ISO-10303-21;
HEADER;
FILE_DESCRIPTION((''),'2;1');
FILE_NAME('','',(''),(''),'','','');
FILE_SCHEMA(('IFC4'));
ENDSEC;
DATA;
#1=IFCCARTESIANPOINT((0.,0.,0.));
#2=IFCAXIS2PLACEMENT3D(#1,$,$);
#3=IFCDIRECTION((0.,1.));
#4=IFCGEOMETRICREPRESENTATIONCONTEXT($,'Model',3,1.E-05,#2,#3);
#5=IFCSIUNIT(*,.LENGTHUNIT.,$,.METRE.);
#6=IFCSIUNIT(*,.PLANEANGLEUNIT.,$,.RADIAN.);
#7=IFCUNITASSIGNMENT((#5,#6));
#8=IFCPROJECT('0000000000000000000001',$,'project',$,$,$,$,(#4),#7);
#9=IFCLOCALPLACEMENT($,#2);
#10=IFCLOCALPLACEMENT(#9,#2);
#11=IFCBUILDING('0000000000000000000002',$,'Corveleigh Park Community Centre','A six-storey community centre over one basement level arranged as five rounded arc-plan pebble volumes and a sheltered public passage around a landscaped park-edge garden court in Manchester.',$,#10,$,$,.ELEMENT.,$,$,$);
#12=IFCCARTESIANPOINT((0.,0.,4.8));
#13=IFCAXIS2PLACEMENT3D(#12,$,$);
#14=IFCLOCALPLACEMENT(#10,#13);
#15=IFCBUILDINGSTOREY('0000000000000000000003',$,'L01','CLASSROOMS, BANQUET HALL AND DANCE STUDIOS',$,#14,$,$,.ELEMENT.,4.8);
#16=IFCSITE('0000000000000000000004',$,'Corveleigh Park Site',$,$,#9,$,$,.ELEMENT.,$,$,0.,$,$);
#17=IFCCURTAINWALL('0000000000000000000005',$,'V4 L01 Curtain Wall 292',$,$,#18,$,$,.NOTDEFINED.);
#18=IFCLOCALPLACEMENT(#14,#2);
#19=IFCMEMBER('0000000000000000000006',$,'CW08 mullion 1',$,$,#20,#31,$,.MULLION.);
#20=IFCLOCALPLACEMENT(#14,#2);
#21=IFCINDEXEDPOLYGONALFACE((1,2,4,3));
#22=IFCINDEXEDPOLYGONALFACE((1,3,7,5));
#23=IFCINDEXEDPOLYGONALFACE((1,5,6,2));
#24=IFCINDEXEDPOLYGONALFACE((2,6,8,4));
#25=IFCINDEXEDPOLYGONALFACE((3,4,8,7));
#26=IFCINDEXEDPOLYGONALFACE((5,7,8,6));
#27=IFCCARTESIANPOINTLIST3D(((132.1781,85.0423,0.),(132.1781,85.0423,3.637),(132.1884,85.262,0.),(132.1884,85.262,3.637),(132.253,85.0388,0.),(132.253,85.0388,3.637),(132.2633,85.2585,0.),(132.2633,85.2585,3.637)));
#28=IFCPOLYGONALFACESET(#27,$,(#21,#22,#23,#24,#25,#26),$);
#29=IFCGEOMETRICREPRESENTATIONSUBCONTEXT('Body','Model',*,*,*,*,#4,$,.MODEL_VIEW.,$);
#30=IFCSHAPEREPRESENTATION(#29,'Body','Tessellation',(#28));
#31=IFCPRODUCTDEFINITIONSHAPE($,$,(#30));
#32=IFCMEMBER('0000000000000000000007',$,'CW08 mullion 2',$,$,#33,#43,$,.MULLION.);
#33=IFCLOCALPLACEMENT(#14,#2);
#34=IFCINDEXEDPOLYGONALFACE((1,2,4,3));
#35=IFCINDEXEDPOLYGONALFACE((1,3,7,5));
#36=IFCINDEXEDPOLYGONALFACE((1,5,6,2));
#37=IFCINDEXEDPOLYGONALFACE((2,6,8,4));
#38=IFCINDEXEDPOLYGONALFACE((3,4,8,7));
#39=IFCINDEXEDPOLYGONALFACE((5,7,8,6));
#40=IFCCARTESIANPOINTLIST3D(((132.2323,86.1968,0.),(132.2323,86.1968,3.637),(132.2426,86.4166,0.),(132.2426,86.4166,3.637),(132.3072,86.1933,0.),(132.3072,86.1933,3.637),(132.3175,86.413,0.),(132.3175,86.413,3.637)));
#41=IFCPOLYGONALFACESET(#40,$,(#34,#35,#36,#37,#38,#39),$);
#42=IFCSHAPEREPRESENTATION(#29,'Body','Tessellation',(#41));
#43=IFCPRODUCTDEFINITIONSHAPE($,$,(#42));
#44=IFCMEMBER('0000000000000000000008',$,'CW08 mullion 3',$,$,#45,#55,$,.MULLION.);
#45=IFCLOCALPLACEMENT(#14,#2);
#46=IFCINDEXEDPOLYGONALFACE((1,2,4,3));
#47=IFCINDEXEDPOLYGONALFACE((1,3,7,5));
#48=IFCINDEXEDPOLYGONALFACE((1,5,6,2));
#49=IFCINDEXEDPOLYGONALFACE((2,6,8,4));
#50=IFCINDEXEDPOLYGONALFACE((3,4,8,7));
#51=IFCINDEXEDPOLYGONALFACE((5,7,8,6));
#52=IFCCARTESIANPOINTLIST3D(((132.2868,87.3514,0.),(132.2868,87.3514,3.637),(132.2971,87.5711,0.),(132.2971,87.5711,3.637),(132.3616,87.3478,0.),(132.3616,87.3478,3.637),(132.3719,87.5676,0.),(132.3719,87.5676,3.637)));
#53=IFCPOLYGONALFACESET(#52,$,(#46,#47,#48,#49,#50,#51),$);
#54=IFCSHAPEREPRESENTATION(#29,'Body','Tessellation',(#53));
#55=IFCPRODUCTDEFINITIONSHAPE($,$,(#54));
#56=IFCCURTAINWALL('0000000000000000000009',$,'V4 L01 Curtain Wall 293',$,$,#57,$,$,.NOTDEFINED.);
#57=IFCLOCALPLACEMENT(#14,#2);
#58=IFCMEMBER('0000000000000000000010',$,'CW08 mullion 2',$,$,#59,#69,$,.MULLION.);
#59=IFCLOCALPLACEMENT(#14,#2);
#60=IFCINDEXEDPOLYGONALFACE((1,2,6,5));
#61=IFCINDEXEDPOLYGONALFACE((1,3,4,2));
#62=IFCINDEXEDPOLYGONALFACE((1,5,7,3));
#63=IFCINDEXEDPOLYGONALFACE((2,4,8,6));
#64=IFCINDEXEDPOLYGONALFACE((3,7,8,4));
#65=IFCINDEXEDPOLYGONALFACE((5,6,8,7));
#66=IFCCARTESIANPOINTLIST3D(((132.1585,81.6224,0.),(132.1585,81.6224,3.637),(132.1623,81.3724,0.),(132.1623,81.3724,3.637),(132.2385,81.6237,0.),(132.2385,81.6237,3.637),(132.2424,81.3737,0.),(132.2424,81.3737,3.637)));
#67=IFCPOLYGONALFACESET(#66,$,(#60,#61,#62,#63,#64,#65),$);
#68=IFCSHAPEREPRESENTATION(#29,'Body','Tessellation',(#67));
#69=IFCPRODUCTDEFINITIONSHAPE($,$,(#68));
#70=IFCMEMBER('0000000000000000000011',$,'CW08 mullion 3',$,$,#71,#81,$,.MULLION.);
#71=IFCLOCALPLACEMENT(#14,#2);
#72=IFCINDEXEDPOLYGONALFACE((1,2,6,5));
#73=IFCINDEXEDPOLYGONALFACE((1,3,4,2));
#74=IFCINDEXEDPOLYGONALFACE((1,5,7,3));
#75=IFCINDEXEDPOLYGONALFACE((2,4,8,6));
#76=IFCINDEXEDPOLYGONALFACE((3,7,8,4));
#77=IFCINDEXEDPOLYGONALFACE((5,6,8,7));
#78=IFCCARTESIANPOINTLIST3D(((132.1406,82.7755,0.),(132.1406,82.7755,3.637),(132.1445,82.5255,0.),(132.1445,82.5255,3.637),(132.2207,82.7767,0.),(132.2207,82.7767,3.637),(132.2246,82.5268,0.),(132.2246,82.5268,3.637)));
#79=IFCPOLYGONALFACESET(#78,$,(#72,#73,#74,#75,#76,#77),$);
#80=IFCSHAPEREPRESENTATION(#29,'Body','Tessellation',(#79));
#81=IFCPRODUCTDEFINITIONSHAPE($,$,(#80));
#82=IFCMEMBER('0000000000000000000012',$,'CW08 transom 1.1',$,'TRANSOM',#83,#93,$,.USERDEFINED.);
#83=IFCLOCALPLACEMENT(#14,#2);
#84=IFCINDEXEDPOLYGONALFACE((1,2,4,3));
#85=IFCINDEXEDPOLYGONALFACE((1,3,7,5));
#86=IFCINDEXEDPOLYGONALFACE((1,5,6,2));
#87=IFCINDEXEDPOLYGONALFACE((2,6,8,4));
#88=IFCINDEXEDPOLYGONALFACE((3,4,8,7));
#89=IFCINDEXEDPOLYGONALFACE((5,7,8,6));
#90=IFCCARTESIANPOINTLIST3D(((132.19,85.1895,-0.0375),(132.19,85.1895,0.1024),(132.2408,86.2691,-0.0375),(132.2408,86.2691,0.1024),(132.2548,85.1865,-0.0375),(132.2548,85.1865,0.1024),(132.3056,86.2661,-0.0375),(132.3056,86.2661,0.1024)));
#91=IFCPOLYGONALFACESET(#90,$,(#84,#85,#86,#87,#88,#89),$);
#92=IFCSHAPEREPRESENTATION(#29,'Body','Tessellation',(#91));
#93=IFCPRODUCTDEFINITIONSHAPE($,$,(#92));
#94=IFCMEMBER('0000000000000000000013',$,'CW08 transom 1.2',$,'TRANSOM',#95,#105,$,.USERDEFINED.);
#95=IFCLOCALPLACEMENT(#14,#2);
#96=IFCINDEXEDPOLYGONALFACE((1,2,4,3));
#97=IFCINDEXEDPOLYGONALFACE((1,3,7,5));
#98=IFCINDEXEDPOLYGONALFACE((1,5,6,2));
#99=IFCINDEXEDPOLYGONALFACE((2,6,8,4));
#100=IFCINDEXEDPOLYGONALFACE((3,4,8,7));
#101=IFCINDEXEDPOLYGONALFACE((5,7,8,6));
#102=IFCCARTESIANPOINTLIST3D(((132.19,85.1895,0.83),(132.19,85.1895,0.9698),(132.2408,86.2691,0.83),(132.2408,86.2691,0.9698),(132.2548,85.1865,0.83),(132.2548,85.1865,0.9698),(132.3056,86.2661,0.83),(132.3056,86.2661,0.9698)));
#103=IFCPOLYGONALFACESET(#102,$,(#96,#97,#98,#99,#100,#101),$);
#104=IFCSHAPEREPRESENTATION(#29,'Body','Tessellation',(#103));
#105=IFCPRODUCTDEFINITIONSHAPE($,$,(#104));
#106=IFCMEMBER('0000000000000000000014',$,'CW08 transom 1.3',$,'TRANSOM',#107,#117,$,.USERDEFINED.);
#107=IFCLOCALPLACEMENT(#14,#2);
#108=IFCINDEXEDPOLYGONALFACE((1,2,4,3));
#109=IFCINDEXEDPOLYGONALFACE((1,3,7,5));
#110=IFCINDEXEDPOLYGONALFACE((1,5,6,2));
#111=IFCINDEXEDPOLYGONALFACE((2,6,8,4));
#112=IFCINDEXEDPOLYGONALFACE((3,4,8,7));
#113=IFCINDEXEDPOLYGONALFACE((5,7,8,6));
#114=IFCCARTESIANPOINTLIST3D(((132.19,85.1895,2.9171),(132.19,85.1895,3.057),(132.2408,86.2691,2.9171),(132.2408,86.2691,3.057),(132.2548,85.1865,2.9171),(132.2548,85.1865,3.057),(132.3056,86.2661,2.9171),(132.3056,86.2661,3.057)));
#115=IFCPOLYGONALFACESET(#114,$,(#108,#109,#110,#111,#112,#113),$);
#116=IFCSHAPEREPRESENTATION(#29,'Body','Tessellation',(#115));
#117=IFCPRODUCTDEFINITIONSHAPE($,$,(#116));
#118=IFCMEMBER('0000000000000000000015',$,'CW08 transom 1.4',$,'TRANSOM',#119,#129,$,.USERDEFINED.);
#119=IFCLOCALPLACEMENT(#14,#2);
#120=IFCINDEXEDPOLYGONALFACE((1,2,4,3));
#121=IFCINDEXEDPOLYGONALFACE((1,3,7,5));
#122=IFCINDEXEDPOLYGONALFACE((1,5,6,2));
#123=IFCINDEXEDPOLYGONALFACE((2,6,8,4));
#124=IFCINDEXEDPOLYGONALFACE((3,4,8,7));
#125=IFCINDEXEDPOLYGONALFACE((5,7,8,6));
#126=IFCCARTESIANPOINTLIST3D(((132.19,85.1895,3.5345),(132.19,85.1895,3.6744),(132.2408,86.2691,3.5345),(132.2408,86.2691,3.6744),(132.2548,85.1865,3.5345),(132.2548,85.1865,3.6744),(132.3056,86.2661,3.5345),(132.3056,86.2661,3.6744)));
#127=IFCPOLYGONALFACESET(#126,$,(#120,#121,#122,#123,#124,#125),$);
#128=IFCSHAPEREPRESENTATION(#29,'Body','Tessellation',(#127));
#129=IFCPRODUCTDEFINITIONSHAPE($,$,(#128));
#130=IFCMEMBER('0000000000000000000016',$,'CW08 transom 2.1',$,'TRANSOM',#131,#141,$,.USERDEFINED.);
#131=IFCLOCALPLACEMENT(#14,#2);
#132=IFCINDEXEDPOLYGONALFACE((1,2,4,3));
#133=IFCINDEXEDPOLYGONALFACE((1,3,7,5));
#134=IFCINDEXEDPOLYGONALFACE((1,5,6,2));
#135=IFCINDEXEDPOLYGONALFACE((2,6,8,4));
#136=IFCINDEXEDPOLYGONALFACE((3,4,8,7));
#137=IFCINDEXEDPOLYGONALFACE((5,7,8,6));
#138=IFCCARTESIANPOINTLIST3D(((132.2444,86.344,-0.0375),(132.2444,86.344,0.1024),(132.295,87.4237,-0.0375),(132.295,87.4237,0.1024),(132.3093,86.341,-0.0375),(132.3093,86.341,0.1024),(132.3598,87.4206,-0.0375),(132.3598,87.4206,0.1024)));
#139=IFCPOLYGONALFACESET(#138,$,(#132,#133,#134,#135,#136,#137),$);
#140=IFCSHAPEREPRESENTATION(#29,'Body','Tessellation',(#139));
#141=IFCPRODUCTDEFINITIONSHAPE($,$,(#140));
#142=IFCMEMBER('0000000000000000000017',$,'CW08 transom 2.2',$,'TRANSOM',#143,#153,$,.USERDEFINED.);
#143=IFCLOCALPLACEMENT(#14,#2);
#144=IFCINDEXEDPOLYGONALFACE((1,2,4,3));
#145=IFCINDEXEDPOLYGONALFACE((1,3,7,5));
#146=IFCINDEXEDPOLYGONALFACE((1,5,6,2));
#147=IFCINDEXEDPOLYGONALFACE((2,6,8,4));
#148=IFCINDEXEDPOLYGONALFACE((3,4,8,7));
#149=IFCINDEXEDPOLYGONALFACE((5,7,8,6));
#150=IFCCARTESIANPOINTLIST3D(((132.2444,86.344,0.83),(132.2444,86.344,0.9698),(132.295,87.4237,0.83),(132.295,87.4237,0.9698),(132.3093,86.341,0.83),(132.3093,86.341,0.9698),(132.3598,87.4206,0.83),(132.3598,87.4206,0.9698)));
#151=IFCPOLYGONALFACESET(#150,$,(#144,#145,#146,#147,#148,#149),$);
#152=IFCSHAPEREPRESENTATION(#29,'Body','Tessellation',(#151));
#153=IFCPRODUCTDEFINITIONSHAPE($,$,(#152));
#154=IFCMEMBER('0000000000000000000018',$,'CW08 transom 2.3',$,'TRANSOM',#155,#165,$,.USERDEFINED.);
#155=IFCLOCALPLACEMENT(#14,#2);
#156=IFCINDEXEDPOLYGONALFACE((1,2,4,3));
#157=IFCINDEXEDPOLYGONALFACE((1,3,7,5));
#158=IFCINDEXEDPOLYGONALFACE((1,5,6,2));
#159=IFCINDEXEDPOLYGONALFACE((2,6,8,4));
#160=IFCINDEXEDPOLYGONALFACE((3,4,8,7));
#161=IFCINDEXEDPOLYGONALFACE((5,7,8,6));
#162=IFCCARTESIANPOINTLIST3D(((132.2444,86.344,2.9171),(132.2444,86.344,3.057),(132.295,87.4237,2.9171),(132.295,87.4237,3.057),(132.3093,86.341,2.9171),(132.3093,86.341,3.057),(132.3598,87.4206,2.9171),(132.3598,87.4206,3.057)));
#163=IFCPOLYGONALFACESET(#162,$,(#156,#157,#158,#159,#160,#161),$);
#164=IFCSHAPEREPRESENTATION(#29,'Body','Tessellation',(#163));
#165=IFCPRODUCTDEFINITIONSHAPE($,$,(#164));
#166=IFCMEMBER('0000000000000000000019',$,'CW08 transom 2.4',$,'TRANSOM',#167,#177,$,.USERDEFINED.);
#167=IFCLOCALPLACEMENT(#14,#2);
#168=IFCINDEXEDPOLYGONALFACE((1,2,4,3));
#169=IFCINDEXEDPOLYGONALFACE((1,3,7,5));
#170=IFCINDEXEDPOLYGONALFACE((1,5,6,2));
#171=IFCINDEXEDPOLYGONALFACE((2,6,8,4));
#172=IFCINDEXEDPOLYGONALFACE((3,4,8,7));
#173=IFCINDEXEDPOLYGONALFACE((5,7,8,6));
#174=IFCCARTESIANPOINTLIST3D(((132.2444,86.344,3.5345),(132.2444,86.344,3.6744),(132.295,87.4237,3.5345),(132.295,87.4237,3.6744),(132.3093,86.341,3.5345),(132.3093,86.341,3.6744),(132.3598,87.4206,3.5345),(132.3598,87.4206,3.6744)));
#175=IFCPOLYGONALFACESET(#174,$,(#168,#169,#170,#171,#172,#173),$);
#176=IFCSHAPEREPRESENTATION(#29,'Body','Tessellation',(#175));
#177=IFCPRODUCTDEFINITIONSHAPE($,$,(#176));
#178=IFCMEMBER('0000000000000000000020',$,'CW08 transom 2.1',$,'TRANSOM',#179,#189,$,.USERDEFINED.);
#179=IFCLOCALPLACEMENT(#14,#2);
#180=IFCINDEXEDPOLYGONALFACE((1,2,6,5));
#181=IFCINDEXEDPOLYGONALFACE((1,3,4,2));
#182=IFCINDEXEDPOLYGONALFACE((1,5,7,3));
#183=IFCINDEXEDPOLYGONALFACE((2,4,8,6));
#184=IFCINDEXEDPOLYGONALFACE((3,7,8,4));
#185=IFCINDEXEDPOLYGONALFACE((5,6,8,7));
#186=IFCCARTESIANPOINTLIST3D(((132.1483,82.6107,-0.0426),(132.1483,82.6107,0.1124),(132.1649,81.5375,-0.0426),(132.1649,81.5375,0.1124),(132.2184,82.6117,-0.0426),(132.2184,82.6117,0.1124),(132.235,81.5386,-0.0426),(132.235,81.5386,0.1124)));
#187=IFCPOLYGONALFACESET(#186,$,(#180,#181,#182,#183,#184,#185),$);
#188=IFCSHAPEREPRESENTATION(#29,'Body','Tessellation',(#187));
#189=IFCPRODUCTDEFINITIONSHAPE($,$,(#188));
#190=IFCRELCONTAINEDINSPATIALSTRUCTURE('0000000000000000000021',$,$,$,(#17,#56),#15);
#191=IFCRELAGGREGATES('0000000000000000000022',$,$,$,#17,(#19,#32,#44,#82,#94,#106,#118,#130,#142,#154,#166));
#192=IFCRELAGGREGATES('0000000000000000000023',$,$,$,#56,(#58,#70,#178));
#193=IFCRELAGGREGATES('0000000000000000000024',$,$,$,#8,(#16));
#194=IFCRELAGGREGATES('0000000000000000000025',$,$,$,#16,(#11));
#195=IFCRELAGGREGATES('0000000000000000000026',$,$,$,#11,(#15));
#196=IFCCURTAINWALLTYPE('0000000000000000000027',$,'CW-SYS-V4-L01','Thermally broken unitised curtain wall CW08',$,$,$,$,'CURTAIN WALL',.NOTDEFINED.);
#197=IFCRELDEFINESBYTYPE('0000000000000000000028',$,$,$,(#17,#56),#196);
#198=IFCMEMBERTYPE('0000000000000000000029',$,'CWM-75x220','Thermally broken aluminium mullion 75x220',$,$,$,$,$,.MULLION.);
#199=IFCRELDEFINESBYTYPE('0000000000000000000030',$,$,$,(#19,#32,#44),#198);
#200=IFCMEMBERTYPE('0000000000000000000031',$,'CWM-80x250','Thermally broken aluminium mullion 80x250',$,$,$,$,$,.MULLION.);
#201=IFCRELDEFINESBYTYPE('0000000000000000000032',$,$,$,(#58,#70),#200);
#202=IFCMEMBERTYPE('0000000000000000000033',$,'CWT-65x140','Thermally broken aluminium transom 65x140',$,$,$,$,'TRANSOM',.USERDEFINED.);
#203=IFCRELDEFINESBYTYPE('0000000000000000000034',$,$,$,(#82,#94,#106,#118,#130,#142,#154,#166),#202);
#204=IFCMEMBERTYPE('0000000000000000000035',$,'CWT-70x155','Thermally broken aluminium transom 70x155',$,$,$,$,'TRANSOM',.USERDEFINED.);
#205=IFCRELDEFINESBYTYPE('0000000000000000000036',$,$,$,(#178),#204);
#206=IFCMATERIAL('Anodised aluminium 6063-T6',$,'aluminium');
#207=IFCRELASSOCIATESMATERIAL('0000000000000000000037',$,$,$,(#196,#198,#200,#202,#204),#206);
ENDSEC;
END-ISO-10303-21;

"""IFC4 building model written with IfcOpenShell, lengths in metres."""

from ifc_helpers import new_model, si_unit, direction, frame, origin, origin_2d, place, context, subcontext, project, spatial, rectangle, extrude, material, material_profile, profile_set, type_object, element, aggregate, save


model = new_model("IFC4")

# Units and contexts
model_context = context("Model", 3, precision=1e-05, world=origin(), true_north=direction((0.0, 1.0)))
body_context = subcontext(model_context, "Body", "Model", "MODEL_VIEW")
ifc_project = project(units=[si_unit("LENGTHUNIT", "METRE"), si_unit("PLANEANGLEUNIT", "RADIAN")], contexts=[model_context])

# Site, building, storey
site_placement = place(None, origin())
site = spatial("IfcSite", under=ifc_project, at=site_placement, Name="Corveleigh Park Site", CompositionType="ELEMENT", RefElevation=0.0)
building_placement = place(site_placement, origin())
building = spatial("IfcBuilding", under=site, at=building_placement, Name="Corveleigh Park Community Centre", Description="A six-storey community centre over one basement level arranged as five rounded arc-plan pebble volumes and a sheltered public passage around a landscaped park-edge garden court in Manchester.", CompositionType="ELEMENT")
storey_placement = place(building_placement, frame((0.0, 0.0, 4.8)))
storey = spatial("IfcBuildingStorey", under=building, at=storey_placement, Name="L01", Description="CLASSROOMS, BANQUET HALL AND DANCE STUDIOS", CompositionType="ELEMENT", Elevation=4.8)

# Curtain walls, members
ifc_material_1 = material(Name="Anodised aluminium 6063-T6", Category="aluminium")
curtain_wall_type = type_object("IfcCurtainWallType", Name="CW-SYS-V4-L01", Description="Thermally broken unitised curtain wall CW08", ElementType="CURTAIN WALL", PredefinedType="NOTDEFINED", material=ifc_material_1)
curtain_wall_1_placement = place(storey_placement, origin())
curtain_wall_1 = element("IfcCurtainWall", 1, at=curtain_wall_1_placement, inside=storey, type_object=curtain_wall_type, Name="V4 L01 Curtain Wall 292", PredefinedType="NOTDEFINED")
ifc_material_profile_1 = material_profile(ifc_material_1, rectangle(XDim=0.075, YDim=0.22, at=origin_2d()), Name="ALU-M75x220", Category="aluminium")
ifc_profile_set_1 = profile_set([ifc_material_profile_1], Name="Anodised aluminium 6063-T6")
member_type_1 = type_object("IfcMemberType", Name="CWM-75x220", Description="Thermally broken aluminium mullion 75x220", PredefinedType="MULLION", material=ifc_profile_set_1)
member_1_placement = place(storey_placement, frame((132.2207, 85.1504, 0.0), z_axis=(0.0, 0.0, 1.0), x_axis=(-0.998898, 0.046928, 0.0)))
member_1 = element("IfcMember", 2, at=member_1_placement, type_object=member_type_1, Name="CW08 mullion 1", PredefinedType="MULLION", context=body_context, shape_type="SweptSolid", body=[
    extrude(rectangle(XDim=0.075, YDim=0.22, at=origin_2d()), origin(), (0.0, 0.0, 1.0), 3.637),
])
member_2_placement = place(storey_placement, frame((132.2749, 86.3049, 0.0), z_axis=(0.0, 0.0, 1.0), x_axis=(-0.998898, 0.046928, 0.0)))
member_2 = element("IfcMember", 3, at=member_2_placement, type_object=member_type_1, Name="CW08 mullion 2", PredefinedType="MULLION", context=body_context, shape_type="SweptSolid", body=[
    extrude(rectangle(XDim=0.075, YDim=0.22, at=origin_2d()), origin(), (0.0, 0.0, 1.0), 3.637),
])
member_3_placement = place(storey_placement, frame((132.3293, 87.4595, 0.0), z_axis=(0.0, 0.0, 1.0), x_axis=(-0.998898, 0.046928, 0.0)))
member_3 = element("IfcMember", 4, at=member_3_placement, type_object=member_type_1, Name="CW08 mullion 3", PredefinedType="MULLION", context=body_context, shape_type="SweptSolid", body=[
    extrude(rectangle(XDim=0.075, YDim=0.22, at=origin_2d()), origin(), (0.0, 0.0, 1.0), 3.637),
])
curtain_wall_2_placement = place(storey_placement, origin())
curtain_wall_2 = element("IfcCurtainWall", 5, at=curtain_wall_2_placement, inside=storey, type_object=curtain_wall_type, Name="V4 L01 Curtain Wall 293", PredefinedType="NOTDEFINED")
ifc_material_profile_2 = material_profile(ifc_material_1, rectangle(XDim=0.0801, YDim=0.25, at=origin_2d()), Name="ALU-M80x250", Category="aluminium")
ifc_profile_set_2 = profile_set([ifc_material_profile_2], Name="Anodised aluminium 6063-T6")
member_type_2 = type_object("IfcMemberType", Name="CWM-80x250", Description="Thermally broken aluminium mullion 80x250", PredefinedType="MULLION", material=ifc_profile_set_2)
member_4_placement = place(storey_placement, frame((132.2004, 81.498, 0.0), z_axis=(0.0, 0.0, 1.0), x_axis=(-0.99988, -0.015505, 0.0)))
member_4 = element("IfcMember", 6, at=member_4_placement, type_object=member_type_2, Name="CW08 mullion 2", PredefinedType="MULLION", context=body_context, shape_type="SweptSolid", body=[
    extrude(rectangle(XDim=0.0801, YDim=0.25, at=origin_2d()), origin(), (0.0, 0.0, 1.0), 3.637),
])
member_5_placement = place(storey_placement, frame((132.1826, 82.6511, 0.0), z_axis=(0.0, 0.0, 1.0), x_axis=(-0.99988, -0.015505, 0.0)))
member_5 = element("IfcMember", 7, at=member_5_placement, type_object=member_type_2, Name="CW08 mullion 3", PredefinedType="MULLION", context=body_context, shape_type="SweptSolid", body=[
    extrude(rectangle(XDim=0.0801, YDim=0.25, at=origin_2d()), origin(), (0.0, 0.0, 1.0), 3.637),
])

# Members
ifc_material_profile_3 = material_profile(ifc_material_1, rectangle(XDim=0.0649, YDim=0.1399, at=origin_2d()), Name="ALU-T65x140", Category="aluminium")
ifc_profile_set_3 = profile_set([ifc_material_profile_3], Name="Anodised aluminium 6063-T6")
member_type_3 = type_object("IfcMemberType", Name="CWT-65x140", Description="Thermally broken aluminium transom 65x140", ElementType="TRANSOM", PredefinedType="USERDEFINED", material=ifc_profile_set_3)
member_6_placement = place(storey_placement, frame((132.2224, 85.188, 0.0325), z_axis=(0.046986, 0.998896, 0.0), x_axis=(-0.998896, 0.046986, 0.0)))
member_6 = element("IfcMember", 8, at=member_6_placement, type_object=member_type_3, Name="CW08 transom 1.1", ObjectType="TRANSOM", PredefinedType="USERDEFINED", context=body_context, shape_type="SweptSolid", body=[
    extrude(rectangle(XDim=0.0649, YDim=0.1399, at=origin_2d()), origin(), (0.0, 0.0, 1.0), 1.0808),
])
member_7_placement = place(storey_placement, frame((132.2224, 85.188, 0.8999), z_axis=(0.046986, 0.998896, 0.0), x_axis=(-0.998896, 0.046986, 0.0)))
member_7 = element("IfcMember", 9, at=member_7_placement, type_object=member_type_3, Name="CW08 transom 1.2", ObjectType="TRANSOM", PredefinedType="USERDEFINED", context=body_context, shape_type="SweptSolid", body=[
    extrude(rectangle(XDim=0.0649, YDim=0.1399, at=origin_2d()), origin(), (0.0, 0.0, 1.0), 1.0808),
])
member_8_placement = place(storey_placement, frame((132.2224, 85.188, 2.9871), z_axis=(0.046986, 0.998896, 0.0), x_axis=(-0.998896, 0.046986, 0.0)))
member_8 = element("IfcMember", 10, at=member_8_placement, type_object=member_type_3, Name="CW08 transom 1.3", ObjectType="TRANSOM", PredefinedType="USERDEFINED", context=body_context, shape_type="SweptSolid", body=[
    extrude(rectangle(XDim=0.0649, YDim=0.1399, at=origin_2d()), origin(), (0.0, 0.0, 1.0), 1.0808),
])
member_9_placement = place(storey_placement, frame((132.2224, 85.188, 3.6045), z_axis=(0.046986, 0.998896, 0.0), x_axis=(-0.998896, 0.046986, 0.0)))
member_9 = element("IfcMember", 11, at=member_9_placement, type_object=member_type_3, Name="CW08 transom 1.4", ObjectType="TRANSOM", PredefinedType="USERDEFINED", context=body_context, shape_type="SweptSolid", body=[
    extrude(rectangle(XDim=0.0649, YDim=0.1399, at=origin_2d()), origin(), (0.0, 0.0, 1.0), 1.0808),
])
member_10_placement = place(storey_placement, frame((132.2769, 86.3425, 0.0325), z_axis=(0.04676, 0.998906, 0.0), x_axis=(-0.998906, 0.04676, 0.0)))
member_10 = element("IfcMember", 12, at=member_10_placement, type_object=member_type_3, Name="CW08 transom 2.1", ObjectType="TRANSOM", PredefinedType="USERDEFINED", context=body_context, shape_type="SweptSolid", body=[
    extrude(rectangle(XDim=0.0649, YDim=0.1399, at=origin_2d()), origin(), (0.0, 0.0, 1.0), 1.0808),
])
member_11_placement = place(storey_placement, frame((132.2769, 86.3425, 0.8999), z_axis=(0.04676, 0.998906, 0.0), x_axis=(-0.998906, 0.04676, 0.0)))
member_11 = element("IfcMember", 13, at=member_11_placement, type_object=member_type_3, Name="CW08 transom 2.2", ObjectType="TRANSOM", PredefinedType="USERDEFINED", context=body_context, shape_type="SweptSolid", body=[
    extrude(rectangle(XDim=0.0649, YDim=0.1399, at=origin_2d()), origin(), (0.0, 0.0, 1.0), 1.0808),
])
member_12_placement = place(storey_placement, frame((132.2769, 86.3425, 2.9871), z_axis=(0.04676, 0.998906, 0.0), x_axis=(-0.998906, 0.04676, 0.0)))
member_12 = element("IfcMember", 14, at=member_12_placement, type_object=member_type_3, Name="CW08 transom 2.3", ObjectType="TRANSOM", PredefinedType="USERDEFINED", context=body_context, shape_type="SweptSolid", body=[
    extrude(rectangle(XDim=0.0649, YDim=0.1399, at=origin_2d()), origin(), (0.0, 0.0, 1.0), 1.0808),
])
member_13_placement = place(storey_placement, frame((132.2769, 86.3425, 3.6045), z_axis=(0.04676, 0.998906, 0.0), x_axis=(-0.998906, 0.04676, 0.0)))
member_13 = element("IfcMember", 15, at=member_13_placement, type_object=member_type_3, Name="CW08 transom 2.4", ObjectType="TRANSOM", PredefinedType="USERDEFINED", context=body_context, shape_type="SweptSolid", body=[
    extrude(rectangle(XDim=0.0649, YDim=0.1399, at=origin_2d()), origin(), (0.0, 0.0, 1.0), 1.0808),
])
ifc_material_profile_4 = material_profile(ifc_material_1, rectangle(XDim=0.0701, YDim=0.155, at=origin_2d()), Name="ALU-T70x155", Category="aluminium")
ifc_profile_set_4 = profile_set([ifc_material_profile_4], Name="Anodised aluminium 6063-T6")
member_type_4 = type_object("IfcMemberType", Name="CWT-70x155", Description="Thermally broken aluminium transom 70x155", ElementType="TRANSOM", PredefinedType="USERDEFINED", material=ifc_profile_set_4)
member_14_placement = place(storey_placement, frame((132.2, 81.5381, 0.0349), z_axis=(-0.01547, 0.99988, 0.0), x_axis=(-0.99988, -0.01547, 0.0)))
member_14 = element("IfcMember", 16, at=member_14_placement, type_object=member_type_4, Name="CW08 transom 2.1", ObjectType="TRANSOM", PredefinedType="USERDEFINED", context=body_context, shape_type="SweptSolid", body=[
    extrude(rectangle(XDim=0.0701, YDim=0.155, at=origin_2d()), origin(), (0.0, 0.0, 1.0), 1.0732),
])

aggregate(curtain_wall_1, [member_1, member_2, member_3, member_6, member_7, member_8, member_9, member_10, member_11, member_12, member_13])
aggregate(curtain_wall_2, [member_4, member_5, member_14])

save(model, "model.ifc")
